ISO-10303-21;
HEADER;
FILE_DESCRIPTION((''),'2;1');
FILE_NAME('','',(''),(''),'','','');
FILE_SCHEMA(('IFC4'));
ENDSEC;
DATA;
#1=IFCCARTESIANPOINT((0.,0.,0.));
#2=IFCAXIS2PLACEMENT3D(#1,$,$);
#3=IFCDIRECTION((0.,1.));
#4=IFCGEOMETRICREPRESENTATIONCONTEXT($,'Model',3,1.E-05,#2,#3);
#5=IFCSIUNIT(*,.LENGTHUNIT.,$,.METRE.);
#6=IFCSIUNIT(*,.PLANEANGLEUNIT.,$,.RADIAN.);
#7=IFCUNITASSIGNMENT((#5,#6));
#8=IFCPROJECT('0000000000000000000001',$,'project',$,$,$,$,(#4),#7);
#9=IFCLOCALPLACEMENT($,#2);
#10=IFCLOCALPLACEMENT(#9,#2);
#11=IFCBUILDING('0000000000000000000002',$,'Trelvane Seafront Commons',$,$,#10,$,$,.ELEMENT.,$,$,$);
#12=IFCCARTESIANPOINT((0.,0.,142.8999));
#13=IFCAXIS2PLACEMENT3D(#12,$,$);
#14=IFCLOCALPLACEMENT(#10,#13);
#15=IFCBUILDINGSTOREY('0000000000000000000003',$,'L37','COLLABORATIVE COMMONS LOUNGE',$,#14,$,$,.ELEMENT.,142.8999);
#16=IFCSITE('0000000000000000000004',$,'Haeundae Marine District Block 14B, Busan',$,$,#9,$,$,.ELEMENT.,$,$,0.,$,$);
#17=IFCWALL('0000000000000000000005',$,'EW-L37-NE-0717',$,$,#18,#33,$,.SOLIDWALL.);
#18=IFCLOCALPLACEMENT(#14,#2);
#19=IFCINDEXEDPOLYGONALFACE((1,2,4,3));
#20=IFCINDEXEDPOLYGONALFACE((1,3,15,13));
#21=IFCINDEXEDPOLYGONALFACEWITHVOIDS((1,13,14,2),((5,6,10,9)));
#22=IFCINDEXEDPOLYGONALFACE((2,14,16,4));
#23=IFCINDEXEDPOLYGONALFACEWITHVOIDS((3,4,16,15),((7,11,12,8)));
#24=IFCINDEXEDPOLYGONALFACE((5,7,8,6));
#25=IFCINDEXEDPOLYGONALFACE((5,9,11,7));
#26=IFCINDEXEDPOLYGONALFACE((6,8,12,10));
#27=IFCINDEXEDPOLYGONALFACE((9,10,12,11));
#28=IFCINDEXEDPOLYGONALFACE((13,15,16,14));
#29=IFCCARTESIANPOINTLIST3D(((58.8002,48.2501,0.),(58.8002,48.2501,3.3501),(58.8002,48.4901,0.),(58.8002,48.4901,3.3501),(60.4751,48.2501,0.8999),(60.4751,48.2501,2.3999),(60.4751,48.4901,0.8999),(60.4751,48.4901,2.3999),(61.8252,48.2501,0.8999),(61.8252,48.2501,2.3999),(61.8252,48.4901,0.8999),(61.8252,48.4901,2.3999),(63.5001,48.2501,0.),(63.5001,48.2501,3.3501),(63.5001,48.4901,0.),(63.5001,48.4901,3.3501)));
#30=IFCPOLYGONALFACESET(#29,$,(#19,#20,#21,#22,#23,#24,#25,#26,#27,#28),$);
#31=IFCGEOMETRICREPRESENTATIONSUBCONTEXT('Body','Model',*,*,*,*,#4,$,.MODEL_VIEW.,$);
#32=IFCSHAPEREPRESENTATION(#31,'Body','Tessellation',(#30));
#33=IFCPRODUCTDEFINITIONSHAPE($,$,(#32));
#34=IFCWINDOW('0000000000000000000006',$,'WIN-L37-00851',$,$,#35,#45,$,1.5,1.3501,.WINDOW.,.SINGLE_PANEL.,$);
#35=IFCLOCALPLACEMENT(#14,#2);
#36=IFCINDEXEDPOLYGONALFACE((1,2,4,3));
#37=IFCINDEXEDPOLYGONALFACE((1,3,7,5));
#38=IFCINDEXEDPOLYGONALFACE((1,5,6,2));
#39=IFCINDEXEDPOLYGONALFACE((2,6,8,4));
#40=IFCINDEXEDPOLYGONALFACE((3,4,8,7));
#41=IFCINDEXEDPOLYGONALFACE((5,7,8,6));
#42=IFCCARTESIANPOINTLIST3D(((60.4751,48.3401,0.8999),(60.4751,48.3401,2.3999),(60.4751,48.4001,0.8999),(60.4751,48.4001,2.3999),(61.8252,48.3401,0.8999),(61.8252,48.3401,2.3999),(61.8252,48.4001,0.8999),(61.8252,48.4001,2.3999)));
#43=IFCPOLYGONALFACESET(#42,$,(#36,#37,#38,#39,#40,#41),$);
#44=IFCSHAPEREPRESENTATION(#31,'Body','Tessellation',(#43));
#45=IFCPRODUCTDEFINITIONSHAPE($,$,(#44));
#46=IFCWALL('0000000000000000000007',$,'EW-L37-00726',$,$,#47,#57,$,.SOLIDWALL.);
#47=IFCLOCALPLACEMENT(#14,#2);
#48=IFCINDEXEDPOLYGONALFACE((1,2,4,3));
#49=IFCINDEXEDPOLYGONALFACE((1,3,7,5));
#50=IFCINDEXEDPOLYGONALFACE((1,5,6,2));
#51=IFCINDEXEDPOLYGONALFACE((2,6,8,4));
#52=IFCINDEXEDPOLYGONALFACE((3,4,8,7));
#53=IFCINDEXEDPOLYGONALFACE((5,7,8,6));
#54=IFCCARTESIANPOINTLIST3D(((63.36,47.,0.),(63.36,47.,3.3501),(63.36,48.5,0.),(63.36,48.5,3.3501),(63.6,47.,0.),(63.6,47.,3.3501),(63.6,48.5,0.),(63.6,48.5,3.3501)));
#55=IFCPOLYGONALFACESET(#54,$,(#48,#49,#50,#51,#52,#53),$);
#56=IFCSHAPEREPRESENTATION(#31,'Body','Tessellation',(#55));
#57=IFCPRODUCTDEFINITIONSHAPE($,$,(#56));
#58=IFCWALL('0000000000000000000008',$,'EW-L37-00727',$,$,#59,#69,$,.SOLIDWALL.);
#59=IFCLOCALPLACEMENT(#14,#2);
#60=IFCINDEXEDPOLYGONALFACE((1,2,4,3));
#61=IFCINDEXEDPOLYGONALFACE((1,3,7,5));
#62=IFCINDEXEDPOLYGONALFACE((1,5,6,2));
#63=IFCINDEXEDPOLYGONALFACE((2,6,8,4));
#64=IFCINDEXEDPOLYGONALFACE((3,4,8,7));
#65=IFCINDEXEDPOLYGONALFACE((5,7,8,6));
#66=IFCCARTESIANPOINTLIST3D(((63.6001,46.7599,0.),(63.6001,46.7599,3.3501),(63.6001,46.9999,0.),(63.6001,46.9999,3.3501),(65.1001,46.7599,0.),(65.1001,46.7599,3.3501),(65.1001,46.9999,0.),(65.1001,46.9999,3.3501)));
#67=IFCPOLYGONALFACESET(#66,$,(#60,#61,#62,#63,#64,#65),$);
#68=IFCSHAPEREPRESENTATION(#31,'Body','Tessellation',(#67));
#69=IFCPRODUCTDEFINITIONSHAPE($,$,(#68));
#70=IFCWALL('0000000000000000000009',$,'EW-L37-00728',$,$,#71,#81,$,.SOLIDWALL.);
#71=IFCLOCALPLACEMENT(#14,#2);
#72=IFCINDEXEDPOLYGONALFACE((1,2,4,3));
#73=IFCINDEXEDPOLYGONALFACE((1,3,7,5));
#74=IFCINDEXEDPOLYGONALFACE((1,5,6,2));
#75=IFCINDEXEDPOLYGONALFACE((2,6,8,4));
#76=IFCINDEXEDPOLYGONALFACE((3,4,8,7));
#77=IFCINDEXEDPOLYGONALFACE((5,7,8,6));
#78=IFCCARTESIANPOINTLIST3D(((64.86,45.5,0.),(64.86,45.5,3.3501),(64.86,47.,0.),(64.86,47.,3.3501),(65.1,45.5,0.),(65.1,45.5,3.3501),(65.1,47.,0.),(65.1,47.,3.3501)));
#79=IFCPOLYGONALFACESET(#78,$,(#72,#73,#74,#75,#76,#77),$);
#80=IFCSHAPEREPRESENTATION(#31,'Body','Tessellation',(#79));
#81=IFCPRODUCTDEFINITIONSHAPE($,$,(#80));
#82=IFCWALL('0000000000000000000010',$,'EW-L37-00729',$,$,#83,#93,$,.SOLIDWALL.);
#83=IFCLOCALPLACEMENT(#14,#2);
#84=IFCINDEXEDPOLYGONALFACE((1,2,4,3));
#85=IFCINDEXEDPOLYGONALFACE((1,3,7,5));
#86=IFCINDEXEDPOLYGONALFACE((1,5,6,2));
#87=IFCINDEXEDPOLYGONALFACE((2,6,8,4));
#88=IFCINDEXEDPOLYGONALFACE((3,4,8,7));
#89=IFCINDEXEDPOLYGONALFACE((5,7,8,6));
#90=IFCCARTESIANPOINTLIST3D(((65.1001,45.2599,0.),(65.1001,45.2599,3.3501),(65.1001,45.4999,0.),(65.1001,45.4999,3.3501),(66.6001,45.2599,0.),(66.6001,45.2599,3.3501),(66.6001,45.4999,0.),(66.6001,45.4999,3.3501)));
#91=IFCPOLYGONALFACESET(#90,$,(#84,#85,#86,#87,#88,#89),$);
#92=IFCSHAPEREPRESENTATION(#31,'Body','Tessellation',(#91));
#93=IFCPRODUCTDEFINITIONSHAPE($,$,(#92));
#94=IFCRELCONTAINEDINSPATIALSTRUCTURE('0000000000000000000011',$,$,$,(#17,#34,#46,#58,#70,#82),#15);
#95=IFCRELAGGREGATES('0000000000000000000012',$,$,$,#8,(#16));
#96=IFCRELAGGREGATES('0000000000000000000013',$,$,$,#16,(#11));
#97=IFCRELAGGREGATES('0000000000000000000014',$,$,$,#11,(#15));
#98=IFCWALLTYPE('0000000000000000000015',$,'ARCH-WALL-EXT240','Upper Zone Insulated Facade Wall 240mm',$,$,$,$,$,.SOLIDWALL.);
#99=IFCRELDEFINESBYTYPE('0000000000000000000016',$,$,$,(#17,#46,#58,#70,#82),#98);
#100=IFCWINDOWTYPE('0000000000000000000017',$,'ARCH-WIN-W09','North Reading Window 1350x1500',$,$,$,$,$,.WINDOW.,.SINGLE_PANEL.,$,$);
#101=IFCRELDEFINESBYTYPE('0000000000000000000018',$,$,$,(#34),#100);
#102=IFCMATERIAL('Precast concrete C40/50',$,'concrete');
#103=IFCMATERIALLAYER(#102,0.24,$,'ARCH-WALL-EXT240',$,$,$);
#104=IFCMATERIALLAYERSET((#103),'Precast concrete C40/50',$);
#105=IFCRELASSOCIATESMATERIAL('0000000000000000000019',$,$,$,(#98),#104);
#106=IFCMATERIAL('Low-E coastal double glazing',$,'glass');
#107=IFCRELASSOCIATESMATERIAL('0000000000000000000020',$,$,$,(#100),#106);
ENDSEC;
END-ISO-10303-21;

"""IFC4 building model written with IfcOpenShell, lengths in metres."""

from ifc_helpers import new_model, si_unit, direction, frame, frame_2d, origin, place, context, subcontext, project, spatial, rectangle, extrude, source, transform, mapped, material, layer, layer_set, type_object, element, fill, save


model = new_model("IFC4")

# Units and contexts
model_context = context("Model", 3, precision=1e-05, world=origin(), true_north=direction((0.0, 1.0)))
body_context = subcontext(model_context, "Body", "Model", "MODEL_VIEW")
ifc_project = project(units=[si_unit("LENGTHUNIT", "METRE"), si_unit("PLANEANGLEUNIT", "RADIAN")], contexts=[model_context])

# Site, building, storey
site_placement = place(None, origin())
site = spatial("IfcSite", under=ifc_project, at=site_placement, Name="Haeundae Marine District Block 14B, Busan", CompositionType="ELEMENT", RefElevation=0.0)
building_placement = place(site_placement, origin())
building = spatial("IfcBuilding", under=site, at=building_placement, Name="Trelvane Seafront Commons", CompositionType="ELEMENT")
storey_placement = place(building_placement, frame((0.0, 0.0, 142.8999)))
storey = spatial("IfcBuildingStorey", under=building, at=storey_placement, Name="L37", Description="COLLABORATIVE COMMONS LOUNGE", CompositionType="ELEMENT", Elevation=142.8999)

# Shared definitions
ifc_material_1 = material(Name="Low-E coastal double glazing", Category="glass")

# Wall, opening, window
ifc_material_2 = material(Name="Precast concrete C40/50", Category="concrete")
ifc_layer_1 = layer(ifc_material_2, 0.24, Name="ARCH-WALL-EXT240")
ifc_layer_set_1 = layer_set([ifc_layer_1], Name="Precast concrete C40/50")
wall_type_1 = type_object("IfcWallType", Name="ARCH-WALL-EXT240", Description="Upper Zone Insulated Facade Wall 240mm", PredefinedType="SOLIDWALL", material=ifc_layer_set_1)
wall_1_placement = place(storey_placement, frame((58.8, 48.3701, 0.0), z_axis=(0.0, 0.0, 1.0), x_axis=(1.0, 0.0, 0.0)))
wall_1 = element("IfcWall", 1, at=wall_1_placement, inside=storey, type_object=wall_type_1, Name="EW-L37-NE-0717", PredefinedType="SOLIDWALL", context=body_context, shape_type="SweptSolid", body=[
    extrude(rectangle(XDim=4.7, YDim=0.24, at=frame_2d((2.3501, 0.0))), origin(), (0.0, 0.0, 1.0), 3.3501),
])
opening_1_placement = place(wall_1_placement, frame((1.675, 0.0, 0.8999)))
opening_1 = element("IfcOpeningElement", 2, at=opening_1_placement, cuts=wall_1, PredefinedType="OPENING", context=body_context, shape_type="SweptSolid", body=[
    extrude(rectangle(XDim=1.3501, YDim=1.5, at=frame_2d((0.675, 0.75))), frame((0.0, 0.1299, 0.0), z_axis=(0.0, -1.0, 0.0), x_axis=(1.0, 0.0, 0.0)), (0.0, 0.0, 1.0), 0.26),
])
window_type_1 = type_object("IfcWindowType", Name="ARCH-WIN-W09", Description="North Reading Window 1350x1500", PartitioningType="SINGLE_PANEL", PredefinedType="WINDOW", material=ifc_material_1)
shared_shape_1 = source(origin(), body_context, "Body", "SweptSolid", [
    extrude(rectangle(XDim=1.3501, YDim=1.5, at=frame_2d((0.675, 0.75))), frame((0.0, 0.03, 0.0), z_axis=(0.0, -1.0, 0.0), x_axis=(1.0, 0.0, 0.0)), (0.0, 0.0, 1.0), 0.0601),
])
window_1_placement = place(opening_1_placement, origin())
window_1 = element("IfcWindow", 3, at=window_1_placement, inside=storey, type_object=window_type_1, Name="WIN-L37-00851", OverallHeight=1.5, OverallWidth=1.3501, PartitioningType="SINGLE_PANEL", PredefinedType="WINDOW", context=body_context, shape_type="MappedRepresentation", body=[
    mapped(shared_shape_1, transform((0.0, 0.0, 0.0), x_axis=(1.0, 0.0, 0.0), y_axis=(0.0, 1.0, 0.0), z_axis=(0.0, 0.0, 1.0), scale=1.0)),
])
fill(opening_1, window_1)

# Walls
for number, where, z_axis, x_axis, name in (
    (4, (63.48, 48.5, 0.0), (0.0, 0.0, 1.0), (0.0, -1.0, 0.0), "EW-L37-00726"),
    (5, (63.6001, 46.8799, 0.0), (0.0, 0.0, 1.0), (1.0, 0.0, 0.0), "EW-L37-00727"),
    (6, (64.98, 47.0, 0.0), (0.0, 0.0, 1.0), (0.0, -1.0, 0.0), "EW-L37-00728"),
    (7, (65.1001, 45.3799, 0.0), (0.0, 0.0, 1.0), (1.0, 0.0, 0.0), "EW-L37-00729"),
):
    element("IfcWall", number, at=place(storey_placement, frame(where, z_axis=z_axis, x_axis=x_axis)), inside=storey, type_object=wall_type_1, Name=name, PredefinedType="SOLIDWALL", context=body_context, shape_type="SweptSolid", body=[
        extrude(rectangle(XDim=1.5, YDim=0.24, at=frame_2d((0.75, 0.0))), origin(), (0.0, 0.0, 1.0), 3.3501),
    ])

save(model, "model.ifc")
